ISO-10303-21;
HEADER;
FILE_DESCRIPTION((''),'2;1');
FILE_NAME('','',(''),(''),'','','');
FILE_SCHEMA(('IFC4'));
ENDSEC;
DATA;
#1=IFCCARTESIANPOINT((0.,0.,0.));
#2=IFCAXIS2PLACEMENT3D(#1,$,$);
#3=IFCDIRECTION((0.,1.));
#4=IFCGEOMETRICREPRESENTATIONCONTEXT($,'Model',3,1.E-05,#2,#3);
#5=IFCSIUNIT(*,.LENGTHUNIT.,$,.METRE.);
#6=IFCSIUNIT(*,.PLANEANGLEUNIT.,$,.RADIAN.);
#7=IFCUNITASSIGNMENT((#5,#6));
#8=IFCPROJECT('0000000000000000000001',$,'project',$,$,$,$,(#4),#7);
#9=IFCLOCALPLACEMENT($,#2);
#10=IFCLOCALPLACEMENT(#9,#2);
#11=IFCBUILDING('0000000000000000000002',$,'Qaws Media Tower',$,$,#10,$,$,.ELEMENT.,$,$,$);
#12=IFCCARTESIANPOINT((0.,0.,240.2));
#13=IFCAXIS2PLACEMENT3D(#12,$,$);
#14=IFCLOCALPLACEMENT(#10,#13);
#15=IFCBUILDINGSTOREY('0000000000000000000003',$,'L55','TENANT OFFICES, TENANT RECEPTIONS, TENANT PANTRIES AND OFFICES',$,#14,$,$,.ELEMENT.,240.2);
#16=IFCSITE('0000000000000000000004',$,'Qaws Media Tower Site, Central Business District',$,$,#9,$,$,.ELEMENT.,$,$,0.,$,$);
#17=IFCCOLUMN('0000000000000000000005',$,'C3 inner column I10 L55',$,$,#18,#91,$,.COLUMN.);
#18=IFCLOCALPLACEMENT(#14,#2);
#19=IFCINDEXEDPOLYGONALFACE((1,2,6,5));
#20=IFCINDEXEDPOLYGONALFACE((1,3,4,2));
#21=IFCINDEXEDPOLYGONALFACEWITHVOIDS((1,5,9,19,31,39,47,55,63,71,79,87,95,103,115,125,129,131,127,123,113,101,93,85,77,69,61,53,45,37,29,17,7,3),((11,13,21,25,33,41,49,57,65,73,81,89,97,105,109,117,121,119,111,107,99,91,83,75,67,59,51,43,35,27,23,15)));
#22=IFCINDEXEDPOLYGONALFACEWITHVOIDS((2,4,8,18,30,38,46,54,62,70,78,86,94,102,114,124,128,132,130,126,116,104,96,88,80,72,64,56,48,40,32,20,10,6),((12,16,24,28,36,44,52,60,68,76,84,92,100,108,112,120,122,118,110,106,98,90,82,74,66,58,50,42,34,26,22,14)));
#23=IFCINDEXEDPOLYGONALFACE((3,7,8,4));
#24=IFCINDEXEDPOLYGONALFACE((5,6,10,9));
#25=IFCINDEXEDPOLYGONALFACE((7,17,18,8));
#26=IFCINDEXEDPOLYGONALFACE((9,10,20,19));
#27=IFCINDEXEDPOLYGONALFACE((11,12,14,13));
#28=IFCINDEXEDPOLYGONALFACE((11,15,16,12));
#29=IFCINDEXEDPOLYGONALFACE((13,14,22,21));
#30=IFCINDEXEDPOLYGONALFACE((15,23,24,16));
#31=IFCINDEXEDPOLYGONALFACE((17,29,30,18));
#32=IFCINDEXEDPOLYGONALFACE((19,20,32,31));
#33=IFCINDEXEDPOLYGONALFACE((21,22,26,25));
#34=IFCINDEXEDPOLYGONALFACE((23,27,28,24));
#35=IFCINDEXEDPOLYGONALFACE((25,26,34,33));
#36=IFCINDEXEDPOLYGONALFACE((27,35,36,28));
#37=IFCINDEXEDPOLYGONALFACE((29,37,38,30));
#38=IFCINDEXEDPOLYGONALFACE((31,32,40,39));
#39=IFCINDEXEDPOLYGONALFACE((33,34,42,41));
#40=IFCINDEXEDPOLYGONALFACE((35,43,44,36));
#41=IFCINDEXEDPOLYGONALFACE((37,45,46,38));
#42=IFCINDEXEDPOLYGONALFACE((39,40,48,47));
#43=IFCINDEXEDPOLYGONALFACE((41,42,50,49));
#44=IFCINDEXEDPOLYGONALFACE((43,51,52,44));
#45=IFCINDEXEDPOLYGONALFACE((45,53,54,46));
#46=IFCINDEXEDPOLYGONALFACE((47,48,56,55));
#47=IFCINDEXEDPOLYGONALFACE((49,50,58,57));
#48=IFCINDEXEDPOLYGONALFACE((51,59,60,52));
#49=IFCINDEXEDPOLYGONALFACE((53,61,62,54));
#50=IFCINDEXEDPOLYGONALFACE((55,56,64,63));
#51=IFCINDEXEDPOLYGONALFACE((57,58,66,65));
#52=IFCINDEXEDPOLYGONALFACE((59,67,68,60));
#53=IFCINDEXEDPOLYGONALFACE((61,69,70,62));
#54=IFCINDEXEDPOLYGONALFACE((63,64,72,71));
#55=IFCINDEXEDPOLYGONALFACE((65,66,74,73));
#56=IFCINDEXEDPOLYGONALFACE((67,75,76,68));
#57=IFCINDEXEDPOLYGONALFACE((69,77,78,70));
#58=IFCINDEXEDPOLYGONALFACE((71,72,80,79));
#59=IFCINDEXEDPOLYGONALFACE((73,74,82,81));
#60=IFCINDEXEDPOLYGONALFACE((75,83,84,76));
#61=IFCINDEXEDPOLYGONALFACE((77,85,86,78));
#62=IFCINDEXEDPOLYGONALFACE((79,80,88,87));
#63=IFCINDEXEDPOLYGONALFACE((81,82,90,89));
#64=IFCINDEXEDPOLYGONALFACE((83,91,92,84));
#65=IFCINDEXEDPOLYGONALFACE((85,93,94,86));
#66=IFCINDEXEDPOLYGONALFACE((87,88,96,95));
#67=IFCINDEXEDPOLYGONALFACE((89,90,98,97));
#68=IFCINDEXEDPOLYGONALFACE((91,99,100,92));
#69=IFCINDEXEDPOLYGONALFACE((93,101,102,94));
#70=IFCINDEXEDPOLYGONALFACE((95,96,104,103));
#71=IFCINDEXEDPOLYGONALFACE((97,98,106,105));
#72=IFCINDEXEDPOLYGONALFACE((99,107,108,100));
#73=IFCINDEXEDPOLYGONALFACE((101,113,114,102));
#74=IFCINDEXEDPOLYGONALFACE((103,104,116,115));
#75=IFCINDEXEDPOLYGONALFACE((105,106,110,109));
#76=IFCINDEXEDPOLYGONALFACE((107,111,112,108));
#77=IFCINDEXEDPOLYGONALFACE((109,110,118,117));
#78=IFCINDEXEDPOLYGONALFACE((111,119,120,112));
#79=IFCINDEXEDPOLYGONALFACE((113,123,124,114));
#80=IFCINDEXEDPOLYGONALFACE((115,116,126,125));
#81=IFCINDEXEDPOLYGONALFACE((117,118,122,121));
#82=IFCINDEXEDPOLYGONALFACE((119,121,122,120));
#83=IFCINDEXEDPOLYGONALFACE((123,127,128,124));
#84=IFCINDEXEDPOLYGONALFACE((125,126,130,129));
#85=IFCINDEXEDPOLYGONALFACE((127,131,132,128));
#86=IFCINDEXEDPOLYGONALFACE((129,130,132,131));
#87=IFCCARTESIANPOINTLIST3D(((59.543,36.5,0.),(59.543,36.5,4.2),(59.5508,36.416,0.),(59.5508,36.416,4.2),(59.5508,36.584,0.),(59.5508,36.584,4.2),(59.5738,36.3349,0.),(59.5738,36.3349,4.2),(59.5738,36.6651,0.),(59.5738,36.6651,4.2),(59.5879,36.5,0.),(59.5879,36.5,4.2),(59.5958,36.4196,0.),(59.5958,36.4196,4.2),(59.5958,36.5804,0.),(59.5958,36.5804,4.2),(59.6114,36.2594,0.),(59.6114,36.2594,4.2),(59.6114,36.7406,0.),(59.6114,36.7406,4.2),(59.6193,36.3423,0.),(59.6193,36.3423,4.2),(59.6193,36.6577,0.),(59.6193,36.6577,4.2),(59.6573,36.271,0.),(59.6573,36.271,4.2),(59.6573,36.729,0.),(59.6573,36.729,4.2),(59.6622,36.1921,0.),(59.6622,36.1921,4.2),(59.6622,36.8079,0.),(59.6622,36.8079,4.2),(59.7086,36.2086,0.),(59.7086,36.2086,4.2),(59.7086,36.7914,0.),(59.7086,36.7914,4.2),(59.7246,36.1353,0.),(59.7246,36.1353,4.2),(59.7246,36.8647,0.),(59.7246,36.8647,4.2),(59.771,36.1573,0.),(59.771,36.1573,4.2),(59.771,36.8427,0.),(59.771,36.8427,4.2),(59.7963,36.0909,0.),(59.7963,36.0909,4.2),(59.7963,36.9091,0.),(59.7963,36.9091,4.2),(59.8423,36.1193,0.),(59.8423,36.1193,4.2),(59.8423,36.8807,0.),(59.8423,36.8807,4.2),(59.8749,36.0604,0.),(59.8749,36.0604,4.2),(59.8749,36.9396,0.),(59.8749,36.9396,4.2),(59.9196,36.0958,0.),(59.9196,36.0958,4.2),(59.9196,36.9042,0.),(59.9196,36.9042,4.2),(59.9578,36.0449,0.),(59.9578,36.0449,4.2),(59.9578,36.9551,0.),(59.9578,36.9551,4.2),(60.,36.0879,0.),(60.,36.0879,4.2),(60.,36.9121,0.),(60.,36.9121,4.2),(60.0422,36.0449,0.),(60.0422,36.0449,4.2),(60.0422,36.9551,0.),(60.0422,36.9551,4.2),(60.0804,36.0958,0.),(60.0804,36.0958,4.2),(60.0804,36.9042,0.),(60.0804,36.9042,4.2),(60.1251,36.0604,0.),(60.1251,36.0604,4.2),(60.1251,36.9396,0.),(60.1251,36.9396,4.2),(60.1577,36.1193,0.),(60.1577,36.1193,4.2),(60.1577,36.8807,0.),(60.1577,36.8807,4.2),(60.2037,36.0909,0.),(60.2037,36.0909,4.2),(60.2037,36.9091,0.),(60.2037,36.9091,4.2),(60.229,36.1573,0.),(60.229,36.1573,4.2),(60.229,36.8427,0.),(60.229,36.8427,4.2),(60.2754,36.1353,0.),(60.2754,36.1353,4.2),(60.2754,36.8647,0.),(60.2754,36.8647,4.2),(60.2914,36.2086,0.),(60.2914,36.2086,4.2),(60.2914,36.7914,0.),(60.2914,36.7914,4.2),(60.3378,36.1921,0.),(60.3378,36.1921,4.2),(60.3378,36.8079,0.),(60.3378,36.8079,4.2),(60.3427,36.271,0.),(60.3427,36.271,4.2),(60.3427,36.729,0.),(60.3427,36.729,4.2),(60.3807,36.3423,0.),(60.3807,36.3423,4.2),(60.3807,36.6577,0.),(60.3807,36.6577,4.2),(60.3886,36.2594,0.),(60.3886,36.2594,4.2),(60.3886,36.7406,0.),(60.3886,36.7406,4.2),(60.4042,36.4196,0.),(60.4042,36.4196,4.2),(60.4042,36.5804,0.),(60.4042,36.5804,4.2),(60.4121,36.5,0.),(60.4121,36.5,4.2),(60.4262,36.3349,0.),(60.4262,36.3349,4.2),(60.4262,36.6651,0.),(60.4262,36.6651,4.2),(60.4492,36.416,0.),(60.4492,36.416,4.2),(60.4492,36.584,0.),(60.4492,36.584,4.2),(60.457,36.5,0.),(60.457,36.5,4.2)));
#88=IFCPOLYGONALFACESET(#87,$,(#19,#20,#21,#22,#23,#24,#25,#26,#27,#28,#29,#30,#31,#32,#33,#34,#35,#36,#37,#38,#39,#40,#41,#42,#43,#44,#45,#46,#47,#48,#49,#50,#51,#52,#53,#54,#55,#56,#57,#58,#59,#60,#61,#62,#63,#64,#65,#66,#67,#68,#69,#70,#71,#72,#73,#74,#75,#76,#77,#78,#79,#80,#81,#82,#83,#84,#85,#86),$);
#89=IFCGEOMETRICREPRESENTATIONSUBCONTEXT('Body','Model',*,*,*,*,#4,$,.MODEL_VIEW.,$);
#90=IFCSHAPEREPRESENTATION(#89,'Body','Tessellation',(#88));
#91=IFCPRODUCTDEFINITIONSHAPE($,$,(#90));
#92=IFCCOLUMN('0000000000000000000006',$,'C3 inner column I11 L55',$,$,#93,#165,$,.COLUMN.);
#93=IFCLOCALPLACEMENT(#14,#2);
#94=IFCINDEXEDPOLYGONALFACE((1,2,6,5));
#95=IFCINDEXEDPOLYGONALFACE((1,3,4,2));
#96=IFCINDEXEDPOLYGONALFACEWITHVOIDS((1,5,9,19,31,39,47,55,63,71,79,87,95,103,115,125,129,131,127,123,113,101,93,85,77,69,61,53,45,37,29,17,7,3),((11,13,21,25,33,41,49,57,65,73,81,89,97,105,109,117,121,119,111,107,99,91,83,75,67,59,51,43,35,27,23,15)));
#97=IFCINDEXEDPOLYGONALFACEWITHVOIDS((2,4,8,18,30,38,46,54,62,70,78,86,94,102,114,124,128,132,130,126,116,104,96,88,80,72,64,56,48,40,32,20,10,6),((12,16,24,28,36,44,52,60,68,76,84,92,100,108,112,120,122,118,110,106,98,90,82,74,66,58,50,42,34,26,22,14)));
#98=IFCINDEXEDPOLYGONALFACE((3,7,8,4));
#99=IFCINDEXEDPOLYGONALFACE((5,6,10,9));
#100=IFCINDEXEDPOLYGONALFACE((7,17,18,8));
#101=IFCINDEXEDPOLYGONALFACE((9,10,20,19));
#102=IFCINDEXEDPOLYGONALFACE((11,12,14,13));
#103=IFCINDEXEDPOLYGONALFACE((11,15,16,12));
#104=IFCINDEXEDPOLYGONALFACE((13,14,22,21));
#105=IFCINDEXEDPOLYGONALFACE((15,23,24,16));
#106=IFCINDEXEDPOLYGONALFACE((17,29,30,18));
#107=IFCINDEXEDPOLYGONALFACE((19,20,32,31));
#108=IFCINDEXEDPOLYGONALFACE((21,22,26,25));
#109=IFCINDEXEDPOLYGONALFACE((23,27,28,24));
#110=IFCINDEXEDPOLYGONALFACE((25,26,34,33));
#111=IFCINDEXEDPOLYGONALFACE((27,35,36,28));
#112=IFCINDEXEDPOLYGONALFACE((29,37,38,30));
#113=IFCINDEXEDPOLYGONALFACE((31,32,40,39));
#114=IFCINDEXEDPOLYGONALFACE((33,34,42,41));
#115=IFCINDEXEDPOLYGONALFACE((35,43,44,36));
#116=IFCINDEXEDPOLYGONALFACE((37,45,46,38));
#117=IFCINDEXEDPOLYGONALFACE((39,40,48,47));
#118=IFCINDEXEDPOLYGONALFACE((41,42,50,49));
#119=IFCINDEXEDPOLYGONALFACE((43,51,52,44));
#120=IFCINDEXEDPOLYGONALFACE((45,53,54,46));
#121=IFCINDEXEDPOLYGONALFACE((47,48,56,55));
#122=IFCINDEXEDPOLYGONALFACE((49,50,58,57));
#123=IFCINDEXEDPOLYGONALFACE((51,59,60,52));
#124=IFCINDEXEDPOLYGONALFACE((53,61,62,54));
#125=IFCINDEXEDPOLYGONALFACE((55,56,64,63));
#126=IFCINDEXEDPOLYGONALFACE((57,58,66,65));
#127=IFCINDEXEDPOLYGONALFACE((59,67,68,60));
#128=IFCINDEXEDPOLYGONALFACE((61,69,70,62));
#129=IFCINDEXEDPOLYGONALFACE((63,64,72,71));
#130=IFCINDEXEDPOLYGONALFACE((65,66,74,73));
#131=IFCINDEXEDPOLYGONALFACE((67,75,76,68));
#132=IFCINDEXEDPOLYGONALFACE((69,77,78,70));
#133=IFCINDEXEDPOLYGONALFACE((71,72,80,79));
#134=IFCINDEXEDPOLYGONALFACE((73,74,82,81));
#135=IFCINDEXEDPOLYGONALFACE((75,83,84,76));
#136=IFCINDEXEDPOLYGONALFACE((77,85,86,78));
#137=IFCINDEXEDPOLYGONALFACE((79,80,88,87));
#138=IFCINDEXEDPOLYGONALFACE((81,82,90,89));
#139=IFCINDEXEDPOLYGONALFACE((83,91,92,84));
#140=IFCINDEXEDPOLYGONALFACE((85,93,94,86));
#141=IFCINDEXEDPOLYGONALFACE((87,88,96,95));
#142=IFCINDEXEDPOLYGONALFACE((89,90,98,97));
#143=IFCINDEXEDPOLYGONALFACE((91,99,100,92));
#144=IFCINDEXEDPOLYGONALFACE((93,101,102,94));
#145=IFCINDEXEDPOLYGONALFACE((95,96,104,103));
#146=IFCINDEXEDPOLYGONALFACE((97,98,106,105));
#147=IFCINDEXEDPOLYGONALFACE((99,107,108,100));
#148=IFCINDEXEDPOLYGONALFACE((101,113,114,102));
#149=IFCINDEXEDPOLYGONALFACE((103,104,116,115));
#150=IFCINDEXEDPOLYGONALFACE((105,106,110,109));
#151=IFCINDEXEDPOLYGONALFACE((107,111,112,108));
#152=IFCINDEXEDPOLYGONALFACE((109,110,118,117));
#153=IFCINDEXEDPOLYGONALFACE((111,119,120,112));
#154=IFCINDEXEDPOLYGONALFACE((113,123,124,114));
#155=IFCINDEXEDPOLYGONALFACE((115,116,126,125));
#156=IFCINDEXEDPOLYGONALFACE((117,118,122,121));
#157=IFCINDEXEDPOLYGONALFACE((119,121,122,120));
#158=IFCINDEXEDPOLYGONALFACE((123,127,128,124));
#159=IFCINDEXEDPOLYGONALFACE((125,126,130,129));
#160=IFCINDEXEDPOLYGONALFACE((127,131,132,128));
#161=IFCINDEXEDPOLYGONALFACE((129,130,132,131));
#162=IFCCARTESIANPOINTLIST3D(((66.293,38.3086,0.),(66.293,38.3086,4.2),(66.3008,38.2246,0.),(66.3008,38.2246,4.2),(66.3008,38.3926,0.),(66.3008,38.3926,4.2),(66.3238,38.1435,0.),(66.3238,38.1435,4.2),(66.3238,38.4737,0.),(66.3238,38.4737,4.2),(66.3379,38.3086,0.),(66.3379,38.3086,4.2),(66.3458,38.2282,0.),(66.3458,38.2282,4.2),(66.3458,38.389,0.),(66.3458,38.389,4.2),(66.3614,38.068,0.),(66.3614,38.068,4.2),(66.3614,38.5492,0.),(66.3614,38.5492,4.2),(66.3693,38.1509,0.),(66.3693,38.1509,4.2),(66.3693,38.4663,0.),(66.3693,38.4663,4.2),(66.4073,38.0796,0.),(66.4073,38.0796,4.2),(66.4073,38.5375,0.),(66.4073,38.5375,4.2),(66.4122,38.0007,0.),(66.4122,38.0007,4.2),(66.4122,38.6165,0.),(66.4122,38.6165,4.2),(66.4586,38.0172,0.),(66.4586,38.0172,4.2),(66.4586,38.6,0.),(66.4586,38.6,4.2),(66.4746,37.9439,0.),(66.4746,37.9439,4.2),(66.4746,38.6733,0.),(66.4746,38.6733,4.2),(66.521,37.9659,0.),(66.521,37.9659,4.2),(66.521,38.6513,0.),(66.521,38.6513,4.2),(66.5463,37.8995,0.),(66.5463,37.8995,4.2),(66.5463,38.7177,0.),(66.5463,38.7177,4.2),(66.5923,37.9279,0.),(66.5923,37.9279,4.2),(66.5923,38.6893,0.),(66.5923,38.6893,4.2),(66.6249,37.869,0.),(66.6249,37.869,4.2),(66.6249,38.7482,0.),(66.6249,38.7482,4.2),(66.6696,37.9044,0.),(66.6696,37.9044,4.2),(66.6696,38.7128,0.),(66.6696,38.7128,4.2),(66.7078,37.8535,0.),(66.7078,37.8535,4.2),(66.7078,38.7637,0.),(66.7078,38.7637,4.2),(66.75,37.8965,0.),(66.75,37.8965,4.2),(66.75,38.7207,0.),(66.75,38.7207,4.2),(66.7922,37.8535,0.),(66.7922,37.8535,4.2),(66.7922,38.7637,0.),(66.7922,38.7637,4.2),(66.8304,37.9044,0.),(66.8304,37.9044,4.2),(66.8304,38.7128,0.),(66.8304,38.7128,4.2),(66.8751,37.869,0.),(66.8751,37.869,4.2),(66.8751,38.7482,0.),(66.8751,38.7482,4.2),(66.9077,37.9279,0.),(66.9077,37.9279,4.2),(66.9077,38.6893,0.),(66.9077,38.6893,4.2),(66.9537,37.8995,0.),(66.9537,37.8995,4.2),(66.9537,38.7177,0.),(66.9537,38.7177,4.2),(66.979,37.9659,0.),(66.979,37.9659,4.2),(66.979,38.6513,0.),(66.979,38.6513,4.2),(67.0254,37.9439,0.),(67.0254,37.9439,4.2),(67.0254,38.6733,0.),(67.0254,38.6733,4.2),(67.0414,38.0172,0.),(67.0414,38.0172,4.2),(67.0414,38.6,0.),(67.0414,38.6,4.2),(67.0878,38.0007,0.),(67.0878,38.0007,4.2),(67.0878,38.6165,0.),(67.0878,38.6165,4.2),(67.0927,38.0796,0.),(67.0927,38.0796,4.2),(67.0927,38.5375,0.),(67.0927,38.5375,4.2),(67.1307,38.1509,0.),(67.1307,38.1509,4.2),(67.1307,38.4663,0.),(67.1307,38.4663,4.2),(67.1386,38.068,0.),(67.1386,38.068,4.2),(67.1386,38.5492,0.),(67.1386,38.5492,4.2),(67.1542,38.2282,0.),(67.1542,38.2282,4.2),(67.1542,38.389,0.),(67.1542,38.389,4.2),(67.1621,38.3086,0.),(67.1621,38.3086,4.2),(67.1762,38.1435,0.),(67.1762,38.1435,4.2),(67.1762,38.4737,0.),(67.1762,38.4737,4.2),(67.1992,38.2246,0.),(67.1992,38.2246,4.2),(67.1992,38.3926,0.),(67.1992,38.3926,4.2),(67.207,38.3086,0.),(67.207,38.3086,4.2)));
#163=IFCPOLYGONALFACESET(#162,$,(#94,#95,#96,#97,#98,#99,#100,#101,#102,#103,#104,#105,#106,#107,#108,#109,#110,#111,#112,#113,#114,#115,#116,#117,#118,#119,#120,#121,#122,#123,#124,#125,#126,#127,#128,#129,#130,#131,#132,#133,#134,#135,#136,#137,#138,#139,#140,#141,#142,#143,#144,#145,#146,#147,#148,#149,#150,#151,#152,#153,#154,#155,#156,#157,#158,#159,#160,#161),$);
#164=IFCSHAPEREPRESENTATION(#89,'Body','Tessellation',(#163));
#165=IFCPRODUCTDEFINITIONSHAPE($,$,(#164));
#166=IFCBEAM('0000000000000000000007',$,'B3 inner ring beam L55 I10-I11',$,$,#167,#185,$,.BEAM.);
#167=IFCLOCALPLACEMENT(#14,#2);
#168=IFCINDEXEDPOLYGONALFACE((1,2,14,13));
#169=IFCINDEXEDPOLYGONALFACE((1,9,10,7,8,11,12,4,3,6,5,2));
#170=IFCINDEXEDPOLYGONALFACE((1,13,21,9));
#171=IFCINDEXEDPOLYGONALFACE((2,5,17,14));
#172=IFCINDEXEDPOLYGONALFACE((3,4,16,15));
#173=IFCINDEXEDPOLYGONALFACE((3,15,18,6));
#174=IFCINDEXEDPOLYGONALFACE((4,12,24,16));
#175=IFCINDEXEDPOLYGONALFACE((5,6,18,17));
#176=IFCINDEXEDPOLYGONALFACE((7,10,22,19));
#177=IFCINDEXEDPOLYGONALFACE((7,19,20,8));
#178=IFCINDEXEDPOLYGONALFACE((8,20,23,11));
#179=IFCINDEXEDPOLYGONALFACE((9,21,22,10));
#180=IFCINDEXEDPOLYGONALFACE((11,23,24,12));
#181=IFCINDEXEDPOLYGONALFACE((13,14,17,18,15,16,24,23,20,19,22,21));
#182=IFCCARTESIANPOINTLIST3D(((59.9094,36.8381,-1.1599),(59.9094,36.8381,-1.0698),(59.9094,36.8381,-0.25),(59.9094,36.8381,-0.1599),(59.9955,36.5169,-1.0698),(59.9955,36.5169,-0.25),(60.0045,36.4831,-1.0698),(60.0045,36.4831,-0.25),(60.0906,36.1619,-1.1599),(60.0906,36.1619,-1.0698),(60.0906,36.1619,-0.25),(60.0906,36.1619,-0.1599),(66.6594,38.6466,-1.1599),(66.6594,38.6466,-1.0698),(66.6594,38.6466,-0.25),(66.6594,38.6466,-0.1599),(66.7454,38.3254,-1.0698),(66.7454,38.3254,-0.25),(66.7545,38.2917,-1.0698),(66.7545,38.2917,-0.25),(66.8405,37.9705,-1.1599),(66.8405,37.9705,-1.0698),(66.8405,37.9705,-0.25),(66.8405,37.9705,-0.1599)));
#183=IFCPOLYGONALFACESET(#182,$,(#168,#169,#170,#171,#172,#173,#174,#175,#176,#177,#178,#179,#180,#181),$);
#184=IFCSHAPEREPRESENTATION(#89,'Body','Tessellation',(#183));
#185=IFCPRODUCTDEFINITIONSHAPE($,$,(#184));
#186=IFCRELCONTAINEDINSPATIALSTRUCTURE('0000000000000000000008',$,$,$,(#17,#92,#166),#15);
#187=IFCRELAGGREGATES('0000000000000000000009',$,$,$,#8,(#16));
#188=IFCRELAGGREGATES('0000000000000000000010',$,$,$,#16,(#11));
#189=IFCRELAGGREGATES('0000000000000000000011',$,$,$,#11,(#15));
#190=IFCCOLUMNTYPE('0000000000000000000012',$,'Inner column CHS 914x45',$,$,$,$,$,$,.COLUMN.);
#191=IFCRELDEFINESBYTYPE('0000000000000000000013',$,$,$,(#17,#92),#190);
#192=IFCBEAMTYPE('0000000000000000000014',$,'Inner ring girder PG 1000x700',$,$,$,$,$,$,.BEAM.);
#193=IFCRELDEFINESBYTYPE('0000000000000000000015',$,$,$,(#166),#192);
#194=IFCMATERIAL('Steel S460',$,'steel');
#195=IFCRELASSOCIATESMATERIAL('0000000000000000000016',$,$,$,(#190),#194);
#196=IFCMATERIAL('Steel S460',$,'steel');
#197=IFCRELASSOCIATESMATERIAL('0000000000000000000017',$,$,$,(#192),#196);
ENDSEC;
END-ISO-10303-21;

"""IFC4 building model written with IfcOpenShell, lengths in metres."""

from ifc_helpers import new_model, si_unit, direction, frame, origin, origin_2d, place, context, subcontext, project, spatial, hollow_circle, i_section, extrude, material, material_profile, profile_set, type_object, element, save


model = new_model("IFC4")

# Units and contexts
model_context = context("Model", 3, precision=1e-05, world=origin(), true_north=direction((0.0, 1.0)))
body_context = subcontext(model_context, "Body", "Model", "MODEL_VIEW")
ifc_project = project(units=[si_unit("LENGTHUNIT", "METRE"), si_unit("PLANEANGLEUNIT", "RADIAN")], contexts=[model_context])

# Site, building, storey
site_placement = place(None, origin())
site = spatial("IfcSite", under=ifc_project, at=site_placement, Name="Qaws Media Tower Site, Central Business District", CompositionType="ELEMENT", RefElevation=0.0)
building_placement = place(site_placement, origin())
building = spatial("IfcBuilding", under=site, at=building_placement, Name="Qaws Media Tower", CompositionType="ELEMENT")
storey_placement = place(building_placement, frame((0.0, 0.0, 240.2)))
storey = spatial("IfcBuildingStorey", under=building, at=storey_placement, Name="L55", Description="TENANT OFFICES, TENANT RECEPTIONS, TENANT PANTRIES AND OFFICES", CompositionType="ELEMENT", Elevation=240.2)

# Columns
ifc_material_1 = material(Name="Steel S460", Category="steel")
ifc_material_profile_1 = material_profile(ifc_material_1, hollow_circle(Radius=0.457, WallThickness=0.0449, at=origin_2d()), Name="CHS 914x45")
ifc_profile_set_1 = profile_set([ifc_material_profile_1], Name="Steel S460")
column_type = type_object("IfcColumnType", Name="Inner column CHS 914x45", PredefinedType="COLUMN", material=ifc_profile_set_1)
for number, where, z_axis, x_axis, name in (
    (1, (60.0, 36.5, 0.0), (0.0, 0.0, 1.0), (1.0, 0.0, 0.0), "C3 inner column I10 L55"),
    (2, (66.75, 38.3086, 0.0), (0.0, 0.0, 1.0), (1.0, 0.0, 0.0), "C3 inner column I11 L55"),
):
    element("IfcColumn", number, at=place(storey_placement, frame(where, z_axis=z_axis, x_axis=x_axis)), inside=storey, type_object=column_type, Name=name, PredefinedType="COLUMN", context=body_context, shape_type="SweptSolid", body=[
        extrude(hollow_circle(Radius=0.457, WallThickness=0.0449, at=origin_2d()), origin(), (0.0, 0.0, 1.0), 4.2),
    ])

# Beam
ifc_material_2 = material(Name="Steel S460", Category="steel")
ifc_material_profile_2 = material_profile(ifc_material_2, i_section(OverallWidth=0.7, OverallDepth=1.0, WebThickness=0.0349, FlangeThickness=0.0901, at=origin_2d()), Name="PG 1000x700")
ifc_profile_set_2 = profile_set([ifc_material_profile_2], Name="Steel S460")
beam_type_1 = type_object("IfcBeamType", Name="Inner ring girder PG 1000x700", PredefinedType="BEAM", material=ifc_profile_set_2)
beam_1_placement = place(storey_placement, frame((60.0, 36.5, -0.6599), z_axis=(0.965928, 0.258811, 0.0), x_axis=(-0.258811, 0.965928, 0.0)))
element("IfcBeam", 3, at=beam_1_placement, inside=storey, type_object=beam_type_1, Name="B3 inner ring beam L55 I10-I11", PredefinedType="BEAM", context=body_context, shape_type="SweptSolid", body=[
    extrude(i_section(OverallWidth=0.7, OverallDepth=1.0, WebThickness=0.0349, FlangeThickness=0.0901, at=origin_2d()), origin(), (0.0, 0.0, 1.0), 6.988),
])

save(model, "model.ifc")
